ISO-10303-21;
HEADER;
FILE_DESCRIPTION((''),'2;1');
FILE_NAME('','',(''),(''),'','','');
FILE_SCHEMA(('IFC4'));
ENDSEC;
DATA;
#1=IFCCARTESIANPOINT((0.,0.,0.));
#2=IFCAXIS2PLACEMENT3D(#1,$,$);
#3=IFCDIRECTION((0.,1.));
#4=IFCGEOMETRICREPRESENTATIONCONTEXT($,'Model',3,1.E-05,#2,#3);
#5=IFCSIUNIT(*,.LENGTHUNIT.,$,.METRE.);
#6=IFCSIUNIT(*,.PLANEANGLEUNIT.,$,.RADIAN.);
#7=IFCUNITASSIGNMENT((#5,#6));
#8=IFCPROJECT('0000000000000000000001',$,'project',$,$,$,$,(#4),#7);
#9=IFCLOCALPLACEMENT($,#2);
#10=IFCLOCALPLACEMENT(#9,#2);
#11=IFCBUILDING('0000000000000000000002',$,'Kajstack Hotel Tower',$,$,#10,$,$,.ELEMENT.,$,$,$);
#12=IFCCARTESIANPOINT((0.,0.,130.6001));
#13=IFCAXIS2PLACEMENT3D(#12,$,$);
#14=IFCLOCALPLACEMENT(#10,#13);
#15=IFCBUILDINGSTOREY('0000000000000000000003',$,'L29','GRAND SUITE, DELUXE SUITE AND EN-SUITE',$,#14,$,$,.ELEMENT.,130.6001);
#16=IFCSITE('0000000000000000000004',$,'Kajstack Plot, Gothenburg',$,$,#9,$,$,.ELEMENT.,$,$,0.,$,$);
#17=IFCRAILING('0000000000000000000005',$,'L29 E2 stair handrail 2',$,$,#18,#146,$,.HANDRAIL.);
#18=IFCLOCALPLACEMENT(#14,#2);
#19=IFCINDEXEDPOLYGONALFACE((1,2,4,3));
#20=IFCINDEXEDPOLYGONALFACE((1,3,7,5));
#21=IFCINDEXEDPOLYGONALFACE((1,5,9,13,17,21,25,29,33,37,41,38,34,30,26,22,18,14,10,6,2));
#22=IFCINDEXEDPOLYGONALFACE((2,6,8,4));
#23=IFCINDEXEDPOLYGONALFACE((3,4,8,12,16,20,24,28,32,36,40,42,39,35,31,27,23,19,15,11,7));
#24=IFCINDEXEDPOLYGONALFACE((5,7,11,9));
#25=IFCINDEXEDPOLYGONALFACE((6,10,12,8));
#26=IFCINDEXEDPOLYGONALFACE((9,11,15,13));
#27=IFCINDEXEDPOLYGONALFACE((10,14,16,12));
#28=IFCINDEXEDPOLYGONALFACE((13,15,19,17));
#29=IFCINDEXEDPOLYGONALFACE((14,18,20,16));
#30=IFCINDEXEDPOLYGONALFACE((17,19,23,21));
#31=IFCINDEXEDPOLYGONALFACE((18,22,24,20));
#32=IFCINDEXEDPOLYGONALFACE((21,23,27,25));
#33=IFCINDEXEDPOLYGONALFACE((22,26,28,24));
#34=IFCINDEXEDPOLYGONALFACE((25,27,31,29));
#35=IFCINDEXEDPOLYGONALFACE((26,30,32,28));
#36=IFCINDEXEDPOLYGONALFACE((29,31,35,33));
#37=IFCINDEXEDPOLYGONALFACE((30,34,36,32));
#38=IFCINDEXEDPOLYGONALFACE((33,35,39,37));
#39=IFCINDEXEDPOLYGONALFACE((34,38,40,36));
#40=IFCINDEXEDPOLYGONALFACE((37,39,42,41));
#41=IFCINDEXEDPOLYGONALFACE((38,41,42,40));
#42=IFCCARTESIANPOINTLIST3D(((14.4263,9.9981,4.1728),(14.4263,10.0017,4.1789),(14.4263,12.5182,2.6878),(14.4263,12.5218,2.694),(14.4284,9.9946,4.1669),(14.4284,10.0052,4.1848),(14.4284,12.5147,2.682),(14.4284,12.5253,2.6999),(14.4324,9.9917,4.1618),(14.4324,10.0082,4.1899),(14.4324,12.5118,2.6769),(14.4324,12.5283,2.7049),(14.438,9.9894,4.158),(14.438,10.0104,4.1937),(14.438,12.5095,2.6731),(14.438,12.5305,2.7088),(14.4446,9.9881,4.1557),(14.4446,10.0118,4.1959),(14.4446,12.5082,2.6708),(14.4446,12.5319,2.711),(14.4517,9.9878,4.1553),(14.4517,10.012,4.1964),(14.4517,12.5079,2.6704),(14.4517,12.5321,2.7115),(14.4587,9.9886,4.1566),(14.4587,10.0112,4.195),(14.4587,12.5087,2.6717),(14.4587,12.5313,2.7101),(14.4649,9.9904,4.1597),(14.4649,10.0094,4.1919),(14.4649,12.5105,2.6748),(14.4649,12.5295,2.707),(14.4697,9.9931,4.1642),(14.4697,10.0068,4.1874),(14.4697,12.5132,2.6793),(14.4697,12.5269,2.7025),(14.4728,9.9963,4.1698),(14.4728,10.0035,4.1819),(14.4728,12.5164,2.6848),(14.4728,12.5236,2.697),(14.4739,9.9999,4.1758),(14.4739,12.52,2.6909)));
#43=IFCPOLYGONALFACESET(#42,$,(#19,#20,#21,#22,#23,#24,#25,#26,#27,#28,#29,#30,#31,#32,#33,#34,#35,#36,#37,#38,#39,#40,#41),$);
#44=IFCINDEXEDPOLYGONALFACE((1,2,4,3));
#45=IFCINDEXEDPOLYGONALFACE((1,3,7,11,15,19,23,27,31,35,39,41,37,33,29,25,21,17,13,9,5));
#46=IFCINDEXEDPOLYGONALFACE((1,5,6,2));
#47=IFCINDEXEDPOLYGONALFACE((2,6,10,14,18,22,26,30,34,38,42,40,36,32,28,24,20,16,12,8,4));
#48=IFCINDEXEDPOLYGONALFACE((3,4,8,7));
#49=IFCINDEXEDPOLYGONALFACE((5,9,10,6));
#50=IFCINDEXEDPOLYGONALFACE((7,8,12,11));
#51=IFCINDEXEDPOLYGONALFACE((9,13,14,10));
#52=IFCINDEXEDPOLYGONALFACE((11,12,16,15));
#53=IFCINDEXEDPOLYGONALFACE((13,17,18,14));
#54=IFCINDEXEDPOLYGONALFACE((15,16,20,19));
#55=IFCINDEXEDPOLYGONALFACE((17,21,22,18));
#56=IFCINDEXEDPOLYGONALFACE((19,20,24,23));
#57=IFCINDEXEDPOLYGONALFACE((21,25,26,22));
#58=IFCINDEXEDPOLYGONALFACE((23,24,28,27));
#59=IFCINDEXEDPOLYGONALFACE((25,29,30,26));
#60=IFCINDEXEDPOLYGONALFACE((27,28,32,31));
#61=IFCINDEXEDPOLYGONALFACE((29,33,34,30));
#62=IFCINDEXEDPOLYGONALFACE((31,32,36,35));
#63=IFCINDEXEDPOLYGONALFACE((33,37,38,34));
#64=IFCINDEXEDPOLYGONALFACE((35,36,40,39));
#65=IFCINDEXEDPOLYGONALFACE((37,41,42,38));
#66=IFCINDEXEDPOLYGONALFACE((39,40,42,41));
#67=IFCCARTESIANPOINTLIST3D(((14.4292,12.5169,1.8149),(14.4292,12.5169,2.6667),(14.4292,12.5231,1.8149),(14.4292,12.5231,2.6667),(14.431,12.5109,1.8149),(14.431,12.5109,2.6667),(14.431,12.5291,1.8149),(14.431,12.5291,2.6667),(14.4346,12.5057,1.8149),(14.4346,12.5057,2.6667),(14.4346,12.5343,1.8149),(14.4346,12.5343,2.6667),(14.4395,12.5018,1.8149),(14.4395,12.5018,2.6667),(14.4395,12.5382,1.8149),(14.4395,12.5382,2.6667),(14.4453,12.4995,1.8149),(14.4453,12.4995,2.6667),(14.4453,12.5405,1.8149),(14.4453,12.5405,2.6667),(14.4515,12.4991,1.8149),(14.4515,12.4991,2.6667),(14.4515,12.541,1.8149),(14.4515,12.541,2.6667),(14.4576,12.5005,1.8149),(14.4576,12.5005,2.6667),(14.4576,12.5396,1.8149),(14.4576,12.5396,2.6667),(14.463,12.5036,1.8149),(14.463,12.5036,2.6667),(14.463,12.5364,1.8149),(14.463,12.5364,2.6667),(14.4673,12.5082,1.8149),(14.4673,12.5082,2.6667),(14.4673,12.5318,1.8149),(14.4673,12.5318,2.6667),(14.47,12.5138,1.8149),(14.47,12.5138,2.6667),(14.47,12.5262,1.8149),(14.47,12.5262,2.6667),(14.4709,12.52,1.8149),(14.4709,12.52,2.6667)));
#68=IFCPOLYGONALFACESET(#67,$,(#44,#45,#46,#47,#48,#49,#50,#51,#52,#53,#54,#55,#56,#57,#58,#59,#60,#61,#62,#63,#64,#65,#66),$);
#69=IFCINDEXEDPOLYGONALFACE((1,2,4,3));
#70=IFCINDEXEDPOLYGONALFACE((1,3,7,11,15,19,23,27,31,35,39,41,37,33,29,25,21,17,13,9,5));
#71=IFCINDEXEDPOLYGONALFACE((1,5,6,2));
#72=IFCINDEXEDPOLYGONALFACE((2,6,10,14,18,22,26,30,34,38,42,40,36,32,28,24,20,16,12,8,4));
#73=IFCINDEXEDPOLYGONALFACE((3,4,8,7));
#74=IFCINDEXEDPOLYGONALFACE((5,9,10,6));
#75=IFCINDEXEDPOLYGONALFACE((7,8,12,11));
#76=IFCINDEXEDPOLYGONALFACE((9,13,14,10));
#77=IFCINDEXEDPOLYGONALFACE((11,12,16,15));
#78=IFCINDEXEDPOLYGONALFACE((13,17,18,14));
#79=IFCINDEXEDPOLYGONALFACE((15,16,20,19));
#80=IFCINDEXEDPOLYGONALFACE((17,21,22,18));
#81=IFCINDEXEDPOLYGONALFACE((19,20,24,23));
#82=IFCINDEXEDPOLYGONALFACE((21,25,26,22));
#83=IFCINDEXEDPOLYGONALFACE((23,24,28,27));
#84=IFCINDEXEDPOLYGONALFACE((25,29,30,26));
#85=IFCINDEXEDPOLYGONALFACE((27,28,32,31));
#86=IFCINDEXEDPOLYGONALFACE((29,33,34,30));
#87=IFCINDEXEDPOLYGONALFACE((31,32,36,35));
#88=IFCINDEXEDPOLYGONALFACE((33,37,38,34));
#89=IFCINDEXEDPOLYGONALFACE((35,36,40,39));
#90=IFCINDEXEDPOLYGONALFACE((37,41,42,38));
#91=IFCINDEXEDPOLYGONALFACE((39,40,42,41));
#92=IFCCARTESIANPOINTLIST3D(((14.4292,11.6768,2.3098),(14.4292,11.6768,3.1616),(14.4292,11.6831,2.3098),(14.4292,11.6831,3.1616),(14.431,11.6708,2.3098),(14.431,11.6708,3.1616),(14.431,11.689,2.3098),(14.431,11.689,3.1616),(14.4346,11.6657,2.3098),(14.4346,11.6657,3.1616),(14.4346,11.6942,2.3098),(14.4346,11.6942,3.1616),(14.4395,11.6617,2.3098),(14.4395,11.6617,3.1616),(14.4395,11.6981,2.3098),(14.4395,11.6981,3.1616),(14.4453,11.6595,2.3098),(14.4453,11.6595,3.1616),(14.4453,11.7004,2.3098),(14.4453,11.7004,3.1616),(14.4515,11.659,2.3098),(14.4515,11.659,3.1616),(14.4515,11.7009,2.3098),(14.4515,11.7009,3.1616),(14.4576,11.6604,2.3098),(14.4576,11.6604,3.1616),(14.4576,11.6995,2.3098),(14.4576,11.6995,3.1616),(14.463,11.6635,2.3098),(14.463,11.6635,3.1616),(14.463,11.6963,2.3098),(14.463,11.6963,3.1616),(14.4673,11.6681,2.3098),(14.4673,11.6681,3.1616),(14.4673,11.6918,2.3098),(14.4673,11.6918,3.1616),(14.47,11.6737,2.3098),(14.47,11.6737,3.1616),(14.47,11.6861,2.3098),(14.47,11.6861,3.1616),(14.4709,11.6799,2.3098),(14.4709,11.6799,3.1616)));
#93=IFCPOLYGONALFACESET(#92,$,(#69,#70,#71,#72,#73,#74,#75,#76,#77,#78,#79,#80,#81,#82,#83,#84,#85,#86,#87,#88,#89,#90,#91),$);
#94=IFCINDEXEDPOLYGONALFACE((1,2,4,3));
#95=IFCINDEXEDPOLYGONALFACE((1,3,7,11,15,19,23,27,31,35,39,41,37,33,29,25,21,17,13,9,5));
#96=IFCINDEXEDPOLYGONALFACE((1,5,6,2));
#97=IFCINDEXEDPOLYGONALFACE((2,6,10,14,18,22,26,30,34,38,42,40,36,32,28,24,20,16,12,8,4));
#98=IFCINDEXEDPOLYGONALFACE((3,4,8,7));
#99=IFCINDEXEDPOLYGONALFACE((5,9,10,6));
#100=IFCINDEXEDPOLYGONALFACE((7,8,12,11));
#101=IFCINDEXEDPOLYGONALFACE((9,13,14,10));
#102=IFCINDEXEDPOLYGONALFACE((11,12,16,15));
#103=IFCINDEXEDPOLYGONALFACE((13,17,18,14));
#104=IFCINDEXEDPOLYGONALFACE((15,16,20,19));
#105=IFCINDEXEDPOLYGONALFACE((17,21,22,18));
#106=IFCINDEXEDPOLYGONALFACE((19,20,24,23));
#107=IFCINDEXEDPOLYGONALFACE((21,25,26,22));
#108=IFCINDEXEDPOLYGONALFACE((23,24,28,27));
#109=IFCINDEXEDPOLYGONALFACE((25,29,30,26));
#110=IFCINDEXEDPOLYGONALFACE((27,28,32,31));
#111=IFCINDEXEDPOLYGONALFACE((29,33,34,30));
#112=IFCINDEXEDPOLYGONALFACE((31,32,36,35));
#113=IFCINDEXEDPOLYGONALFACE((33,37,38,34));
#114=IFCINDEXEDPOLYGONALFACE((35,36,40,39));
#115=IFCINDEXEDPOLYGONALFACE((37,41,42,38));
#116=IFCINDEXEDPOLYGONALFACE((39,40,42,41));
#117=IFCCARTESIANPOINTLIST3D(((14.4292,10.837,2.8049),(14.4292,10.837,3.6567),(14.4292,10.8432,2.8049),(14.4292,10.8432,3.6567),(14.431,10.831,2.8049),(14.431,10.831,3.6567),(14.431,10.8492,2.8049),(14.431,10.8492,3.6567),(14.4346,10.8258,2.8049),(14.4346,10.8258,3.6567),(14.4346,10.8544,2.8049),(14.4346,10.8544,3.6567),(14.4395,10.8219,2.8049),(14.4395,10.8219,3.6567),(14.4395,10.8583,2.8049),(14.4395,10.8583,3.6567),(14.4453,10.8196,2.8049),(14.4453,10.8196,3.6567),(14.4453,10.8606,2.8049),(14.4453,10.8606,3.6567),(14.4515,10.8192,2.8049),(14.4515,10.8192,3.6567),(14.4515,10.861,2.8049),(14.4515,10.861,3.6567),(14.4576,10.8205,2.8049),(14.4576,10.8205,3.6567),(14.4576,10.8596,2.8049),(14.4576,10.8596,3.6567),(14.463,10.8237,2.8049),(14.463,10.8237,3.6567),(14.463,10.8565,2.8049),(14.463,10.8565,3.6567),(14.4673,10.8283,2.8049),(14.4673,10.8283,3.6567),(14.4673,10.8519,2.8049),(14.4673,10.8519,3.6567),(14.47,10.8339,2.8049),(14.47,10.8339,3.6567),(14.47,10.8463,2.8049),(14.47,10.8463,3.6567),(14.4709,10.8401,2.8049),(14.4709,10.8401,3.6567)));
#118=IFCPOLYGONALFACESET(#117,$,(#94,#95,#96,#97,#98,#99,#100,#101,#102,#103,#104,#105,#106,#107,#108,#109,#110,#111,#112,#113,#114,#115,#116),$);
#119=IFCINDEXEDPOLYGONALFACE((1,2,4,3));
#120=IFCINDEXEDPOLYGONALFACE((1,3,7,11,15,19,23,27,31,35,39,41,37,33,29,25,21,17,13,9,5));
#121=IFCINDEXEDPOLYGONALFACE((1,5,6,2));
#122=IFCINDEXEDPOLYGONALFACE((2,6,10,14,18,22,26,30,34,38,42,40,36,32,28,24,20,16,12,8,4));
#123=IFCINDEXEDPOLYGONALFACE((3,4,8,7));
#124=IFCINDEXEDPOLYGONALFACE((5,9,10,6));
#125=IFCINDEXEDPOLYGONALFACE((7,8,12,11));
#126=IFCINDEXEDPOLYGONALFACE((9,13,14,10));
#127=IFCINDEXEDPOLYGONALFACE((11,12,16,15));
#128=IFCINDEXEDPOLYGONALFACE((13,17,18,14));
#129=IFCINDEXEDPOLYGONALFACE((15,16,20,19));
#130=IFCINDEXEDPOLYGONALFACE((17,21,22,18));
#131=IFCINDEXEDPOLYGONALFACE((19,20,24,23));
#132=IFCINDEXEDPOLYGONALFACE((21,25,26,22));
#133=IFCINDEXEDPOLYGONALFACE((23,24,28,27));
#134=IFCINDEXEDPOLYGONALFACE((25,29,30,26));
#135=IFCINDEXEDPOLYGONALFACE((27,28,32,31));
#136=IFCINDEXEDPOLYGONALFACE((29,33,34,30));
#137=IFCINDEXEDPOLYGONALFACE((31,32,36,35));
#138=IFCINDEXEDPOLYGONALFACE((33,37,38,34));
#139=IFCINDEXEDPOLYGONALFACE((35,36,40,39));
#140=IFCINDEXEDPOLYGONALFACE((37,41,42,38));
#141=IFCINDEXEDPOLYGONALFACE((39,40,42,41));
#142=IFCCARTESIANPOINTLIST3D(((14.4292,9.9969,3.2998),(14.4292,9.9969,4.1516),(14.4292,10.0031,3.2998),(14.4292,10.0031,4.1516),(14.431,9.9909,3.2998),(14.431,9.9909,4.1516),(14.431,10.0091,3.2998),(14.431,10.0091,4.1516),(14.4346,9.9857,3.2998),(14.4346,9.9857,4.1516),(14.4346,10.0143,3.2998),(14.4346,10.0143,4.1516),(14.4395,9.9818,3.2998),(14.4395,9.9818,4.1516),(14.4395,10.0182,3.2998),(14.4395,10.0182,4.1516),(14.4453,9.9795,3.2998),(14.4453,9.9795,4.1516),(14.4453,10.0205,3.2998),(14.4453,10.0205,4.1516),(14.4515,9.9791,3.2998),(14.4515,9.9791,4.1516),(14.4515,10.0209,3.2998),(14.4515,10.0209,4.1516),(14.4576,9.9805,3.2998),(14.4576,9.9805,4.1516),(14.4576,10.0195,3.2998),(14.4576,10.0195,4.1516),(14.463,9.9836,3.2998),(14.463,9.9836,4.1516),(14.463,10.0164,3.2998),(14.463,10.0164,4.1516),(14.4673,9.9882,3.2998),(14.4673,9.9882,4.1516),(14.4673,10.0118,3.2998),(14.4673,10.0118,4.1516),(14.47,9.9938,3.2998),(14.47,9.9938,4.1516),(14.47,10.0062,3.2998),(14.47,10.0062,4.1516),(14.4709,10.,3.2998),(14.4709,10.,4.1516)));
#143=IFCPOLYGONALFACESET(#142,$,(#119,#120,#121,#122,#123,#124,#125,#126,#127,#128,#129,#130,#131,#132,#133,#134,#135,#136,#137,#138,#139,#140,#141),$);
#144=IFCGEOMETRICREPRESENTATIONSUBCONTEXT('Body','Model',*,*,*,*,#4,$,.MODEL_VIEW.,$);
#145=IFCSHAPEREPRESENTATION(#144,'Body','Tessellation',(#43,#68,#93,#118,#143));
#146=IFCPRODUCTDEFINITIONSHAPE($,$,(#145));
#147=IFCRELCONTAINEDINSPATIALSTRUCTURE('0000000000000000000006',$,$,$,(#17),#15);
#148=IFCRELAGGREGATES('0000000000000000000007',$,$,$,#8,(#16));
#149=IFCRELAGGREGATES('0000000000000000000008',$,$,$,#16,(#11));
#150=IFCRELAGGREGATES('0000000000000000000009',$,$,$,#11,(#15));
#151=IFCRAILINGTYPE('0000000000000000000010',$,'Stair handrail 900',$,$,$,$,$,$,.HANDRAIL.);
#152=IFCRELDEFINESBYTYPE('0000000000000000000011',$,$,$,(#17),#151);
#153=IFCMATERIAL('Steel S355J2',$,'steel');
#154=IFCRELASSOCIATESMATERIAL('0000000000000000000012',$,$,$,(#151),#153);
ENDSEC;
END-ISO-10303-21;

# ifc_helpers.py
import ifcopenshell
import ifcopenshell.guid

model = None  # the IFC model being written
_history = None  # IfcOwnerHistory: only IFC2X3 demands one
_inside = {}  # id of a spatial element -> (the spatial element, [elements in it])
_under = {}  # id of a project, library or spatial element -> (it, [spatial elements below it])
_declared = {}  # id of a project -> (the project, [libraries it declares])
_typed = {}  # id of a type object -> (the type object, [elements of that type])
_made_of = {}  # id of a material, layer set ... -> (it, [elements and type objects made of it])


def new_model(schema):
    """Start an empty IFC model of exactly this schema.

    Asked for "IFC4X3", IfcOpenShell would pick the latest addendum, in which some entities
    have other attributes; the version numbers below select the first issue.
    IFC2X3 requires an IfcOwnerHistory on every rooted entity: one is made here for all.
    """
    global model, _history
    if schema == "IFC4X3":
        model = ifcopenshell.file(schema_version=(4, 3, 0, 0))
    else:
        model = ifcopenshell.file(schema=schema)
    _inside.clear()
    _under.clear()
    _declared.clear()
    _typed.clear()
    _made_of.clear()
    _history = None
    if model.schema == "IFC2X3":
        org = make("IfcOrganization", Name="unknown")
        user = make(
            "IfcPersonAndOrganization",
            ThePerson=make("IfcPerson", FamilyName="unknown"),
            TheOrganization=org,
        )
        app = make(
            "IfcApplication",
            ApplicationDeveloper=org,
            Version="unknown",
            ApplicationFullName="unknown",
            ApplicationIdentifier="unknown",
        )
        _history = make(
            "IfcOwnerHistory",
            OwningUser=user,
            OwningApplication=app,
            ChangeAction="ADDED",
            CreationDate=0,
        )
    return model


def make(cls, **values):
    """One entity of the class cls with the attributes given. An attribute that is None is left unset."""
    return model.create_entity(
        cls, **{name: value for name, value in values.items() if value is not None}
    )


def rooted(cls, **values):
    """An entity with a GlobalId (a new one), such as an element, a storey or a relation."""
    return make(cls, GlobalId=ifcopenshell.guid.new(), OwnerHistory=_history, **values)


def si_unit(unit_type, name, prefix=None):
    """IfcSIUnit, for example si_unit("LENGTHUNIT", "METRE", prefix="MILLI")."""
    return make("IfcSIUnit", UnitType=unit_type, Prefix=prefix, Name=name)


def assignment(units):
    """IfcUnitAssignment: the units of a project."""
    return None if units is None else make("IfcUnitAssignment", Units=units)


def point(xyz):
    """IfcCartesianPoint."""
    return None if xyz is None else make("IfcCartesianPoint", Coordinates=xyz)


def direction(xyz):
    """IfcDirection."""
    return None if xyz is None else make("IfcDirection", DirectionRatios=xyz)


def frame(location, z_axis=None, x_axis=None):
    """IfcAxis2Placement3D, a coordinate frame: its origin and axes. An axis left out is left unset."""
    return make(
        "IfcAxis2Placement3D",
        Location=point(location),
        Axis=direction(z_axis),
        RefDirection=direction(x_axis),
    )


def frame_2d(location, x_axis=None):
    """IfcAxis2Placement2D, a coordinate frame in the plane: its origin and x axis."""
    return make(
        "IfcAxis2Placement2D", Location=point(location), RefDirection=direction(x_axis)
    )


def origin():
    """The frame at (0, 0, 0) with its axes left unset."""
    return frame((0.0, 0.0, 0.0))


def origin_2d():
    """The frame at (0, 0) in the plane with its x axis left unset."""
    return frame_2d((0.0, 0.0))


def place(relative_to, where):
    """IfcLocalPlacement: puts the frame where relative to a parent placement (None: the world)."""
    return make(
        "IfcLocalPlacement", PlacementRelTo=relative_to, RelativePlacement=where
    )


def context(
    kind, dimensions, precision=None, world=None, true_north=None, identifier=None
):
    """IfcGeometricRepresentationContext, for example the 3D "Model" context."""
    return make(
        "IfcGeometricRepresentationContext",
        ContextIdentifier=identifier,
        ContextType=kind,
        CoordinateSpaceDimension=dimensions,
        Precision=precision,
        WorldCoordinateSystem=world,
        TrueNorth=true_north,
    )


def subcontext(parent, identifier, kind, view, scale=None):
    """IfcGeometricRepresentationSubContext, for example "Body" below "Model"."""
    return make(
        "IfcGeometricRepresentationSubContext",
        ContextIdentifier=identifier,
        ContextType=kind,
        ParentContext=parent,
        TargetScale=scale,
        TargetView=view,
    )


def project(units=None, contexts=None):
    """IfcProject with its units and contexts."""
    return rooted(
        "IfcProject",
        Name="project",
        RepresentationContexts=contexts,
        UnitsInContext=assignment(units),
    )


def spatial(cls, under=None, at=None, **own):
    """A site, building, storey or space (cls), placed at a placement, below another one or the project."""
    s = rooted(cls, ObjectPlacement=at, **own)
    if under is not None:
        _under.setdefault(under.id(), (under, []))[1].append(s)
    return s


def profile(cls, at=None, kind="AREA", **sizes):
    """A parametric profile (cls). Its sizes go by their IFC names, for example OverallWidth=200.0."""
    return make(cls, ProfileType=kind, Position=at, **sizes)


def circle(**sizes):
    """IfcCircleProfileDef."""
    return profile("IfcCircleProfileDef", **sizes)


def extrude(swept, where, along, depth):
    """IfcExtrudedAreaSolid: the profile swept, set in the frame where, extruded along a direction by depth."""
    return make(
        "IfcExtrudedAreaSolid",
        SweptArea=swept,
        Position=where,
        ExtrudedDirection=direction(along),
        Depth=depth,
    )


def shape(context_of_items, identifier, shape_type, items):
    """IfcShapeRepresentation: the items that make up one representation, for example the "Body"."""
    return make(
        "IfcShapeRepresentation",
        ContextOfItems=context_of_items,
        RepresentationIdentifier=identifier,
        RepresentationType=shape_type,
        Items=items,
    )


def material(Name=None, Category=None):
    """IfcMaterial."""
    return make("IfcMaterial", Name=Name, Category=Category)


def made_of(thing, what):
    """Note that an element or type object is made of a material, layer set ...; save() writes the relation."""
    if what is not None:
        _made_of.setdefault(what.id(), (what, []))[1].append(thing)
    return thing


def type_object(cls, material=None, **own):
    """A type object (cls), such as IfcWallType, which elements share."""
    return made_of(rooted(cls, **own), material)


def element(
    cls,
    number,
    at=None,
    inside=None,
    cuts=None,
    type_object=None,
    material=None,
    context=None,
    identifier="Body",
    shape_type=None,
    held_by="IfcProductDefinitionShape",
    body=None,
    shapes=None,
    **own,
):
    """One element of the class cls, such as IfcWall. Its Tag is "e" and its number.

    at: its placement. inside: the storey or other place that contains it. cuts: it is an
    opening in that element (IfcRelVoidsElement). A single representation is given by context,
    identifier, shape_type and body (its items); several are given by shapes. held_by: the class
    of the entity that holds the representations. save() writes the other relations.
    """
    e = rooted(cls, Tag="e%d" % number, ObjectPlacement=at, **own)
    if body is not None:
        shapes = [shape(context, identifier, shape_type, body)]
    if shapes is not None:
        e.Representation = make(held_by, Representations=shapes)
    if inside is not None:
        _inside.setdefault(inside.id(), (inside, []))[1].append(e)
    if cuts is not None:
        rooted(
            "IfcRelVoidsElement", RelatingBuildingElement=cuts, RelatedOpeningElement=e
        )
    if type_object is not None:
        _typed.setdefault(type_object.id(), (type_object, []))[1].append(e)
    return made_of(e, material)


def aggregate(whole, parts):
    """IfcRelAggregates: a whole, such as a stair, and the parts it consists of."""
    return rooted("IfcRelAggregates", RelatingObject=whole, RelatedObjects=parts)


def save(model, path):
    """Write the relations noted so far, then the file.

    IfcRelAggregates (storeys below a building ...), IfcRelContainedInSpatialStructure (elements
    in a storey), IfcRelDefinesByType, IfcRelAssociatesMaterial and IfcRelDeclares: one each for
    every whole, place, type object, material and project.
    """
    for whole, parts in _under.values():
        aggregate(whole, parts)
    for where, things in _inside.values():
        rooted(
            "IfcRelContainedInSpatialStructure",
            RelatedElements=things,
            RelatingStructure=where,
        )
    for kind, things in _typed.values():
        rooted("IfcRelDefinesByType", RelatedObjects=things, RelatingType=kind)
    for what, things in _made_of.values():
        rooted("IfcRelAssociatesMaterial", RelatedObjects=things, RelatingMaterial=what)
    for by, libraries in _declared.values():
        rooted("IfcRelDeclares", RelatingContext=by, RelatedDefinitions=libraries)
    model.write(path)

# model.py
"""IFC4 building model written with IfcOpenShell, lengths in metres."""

from ifc_helpers import new_model, si_unit, direction, frame, origin, origin_2d, place, context, subcontext, project, spatial, circle, extrude, material, type_object, element, save


model = new_model("IFC4")

# Units and contexts
model_context = context("Model", 3, precision=1e-05, world=origin(), true_north=direction((0.0, 1.0)))
body_context = subcontext(model_context, "Body", "Model", "MODEL_VIEW")
ifc_project = project(units=[si_unit("LENGTHUNIT", "METRE"), si_unit("PLANEANGLEUNIT", "RADIAN")], contexts=[model_context])

# Site, building, storey
site_placement = place(None, origin())
site = spatial("IfcSite", under=ifc_project, at=site_placement, Name="Kajstack Plot, Gothenburg", CompositionType="ELEMENT", RefElevation=0.0)
building_placement = place(site_placement, origin())
building = spatial("IfcBuilding", under=site, at=building_placement, Name="Kajstack Hotel Tower", CompositionType="ELEMENT")
storey_placement = place(building_placement, frame((0.0, 0.0, 130.6001)))
storey = spatial("IfcBuildingStorey", under=building, at=storey_placement, Name="L29", Description="GRAND SUITE, DELUXE SUITE AND EN-SUITE", CompositionType="ELEMENT", Elevation=130.6001)

# Railing
ifc_material_1 = material(Name="Steel S355J2", Category="steel")
railing_type_1 = type_object("IfcRailingType", Name="Stair handrail 900", PredefinedType="HANDRAIL", material=ifc_material_1)
railing_1_placement = place(storey_placement, frame((14.45, 12.52, 1.8149)))
element("IfcRailing", 1, at=railing_1_placement, inside=storey, type_object=railing_type_1, Name="L29 E2 stair handrail 2", PredefinedType="HANDRAIL", context=body_context, shape_type="SweptSolid", body=[
    extrude(circle(Radius=0.0239, at=origin_2d()), frame((0.0, 0.0, 0.876), z_axis=(0.0, -0.861561, 0.507655), x_axis=(1.0, 0.0, 0.0)), (0.0, 0.0, 1.0), 2.925),
    extrude(circle(Radius=0.021, at=origin_2d()), origin(), (0.0, 0.0, 1.0), 0.8518),
    extrude(circle(Radius=0.021, at=origin_2d()), frame((0.0, -0.8401, 0.4949)), (0.0, 0.0, 1.0), 0.8518),
    extrude(circle(Radius=0.021, at=origin_2d()), frame((0.0, -1.6799, 0.99)), (0.0, 0.0, 1.0), 0.8518),
    extrude(circle(Radius=0.021, at=origin_2d()), frame((0.0, -2.52, 1.4849)), (0.0, 0.0, 1.0), 0.8518),
])

save(model, "model.ifc")
